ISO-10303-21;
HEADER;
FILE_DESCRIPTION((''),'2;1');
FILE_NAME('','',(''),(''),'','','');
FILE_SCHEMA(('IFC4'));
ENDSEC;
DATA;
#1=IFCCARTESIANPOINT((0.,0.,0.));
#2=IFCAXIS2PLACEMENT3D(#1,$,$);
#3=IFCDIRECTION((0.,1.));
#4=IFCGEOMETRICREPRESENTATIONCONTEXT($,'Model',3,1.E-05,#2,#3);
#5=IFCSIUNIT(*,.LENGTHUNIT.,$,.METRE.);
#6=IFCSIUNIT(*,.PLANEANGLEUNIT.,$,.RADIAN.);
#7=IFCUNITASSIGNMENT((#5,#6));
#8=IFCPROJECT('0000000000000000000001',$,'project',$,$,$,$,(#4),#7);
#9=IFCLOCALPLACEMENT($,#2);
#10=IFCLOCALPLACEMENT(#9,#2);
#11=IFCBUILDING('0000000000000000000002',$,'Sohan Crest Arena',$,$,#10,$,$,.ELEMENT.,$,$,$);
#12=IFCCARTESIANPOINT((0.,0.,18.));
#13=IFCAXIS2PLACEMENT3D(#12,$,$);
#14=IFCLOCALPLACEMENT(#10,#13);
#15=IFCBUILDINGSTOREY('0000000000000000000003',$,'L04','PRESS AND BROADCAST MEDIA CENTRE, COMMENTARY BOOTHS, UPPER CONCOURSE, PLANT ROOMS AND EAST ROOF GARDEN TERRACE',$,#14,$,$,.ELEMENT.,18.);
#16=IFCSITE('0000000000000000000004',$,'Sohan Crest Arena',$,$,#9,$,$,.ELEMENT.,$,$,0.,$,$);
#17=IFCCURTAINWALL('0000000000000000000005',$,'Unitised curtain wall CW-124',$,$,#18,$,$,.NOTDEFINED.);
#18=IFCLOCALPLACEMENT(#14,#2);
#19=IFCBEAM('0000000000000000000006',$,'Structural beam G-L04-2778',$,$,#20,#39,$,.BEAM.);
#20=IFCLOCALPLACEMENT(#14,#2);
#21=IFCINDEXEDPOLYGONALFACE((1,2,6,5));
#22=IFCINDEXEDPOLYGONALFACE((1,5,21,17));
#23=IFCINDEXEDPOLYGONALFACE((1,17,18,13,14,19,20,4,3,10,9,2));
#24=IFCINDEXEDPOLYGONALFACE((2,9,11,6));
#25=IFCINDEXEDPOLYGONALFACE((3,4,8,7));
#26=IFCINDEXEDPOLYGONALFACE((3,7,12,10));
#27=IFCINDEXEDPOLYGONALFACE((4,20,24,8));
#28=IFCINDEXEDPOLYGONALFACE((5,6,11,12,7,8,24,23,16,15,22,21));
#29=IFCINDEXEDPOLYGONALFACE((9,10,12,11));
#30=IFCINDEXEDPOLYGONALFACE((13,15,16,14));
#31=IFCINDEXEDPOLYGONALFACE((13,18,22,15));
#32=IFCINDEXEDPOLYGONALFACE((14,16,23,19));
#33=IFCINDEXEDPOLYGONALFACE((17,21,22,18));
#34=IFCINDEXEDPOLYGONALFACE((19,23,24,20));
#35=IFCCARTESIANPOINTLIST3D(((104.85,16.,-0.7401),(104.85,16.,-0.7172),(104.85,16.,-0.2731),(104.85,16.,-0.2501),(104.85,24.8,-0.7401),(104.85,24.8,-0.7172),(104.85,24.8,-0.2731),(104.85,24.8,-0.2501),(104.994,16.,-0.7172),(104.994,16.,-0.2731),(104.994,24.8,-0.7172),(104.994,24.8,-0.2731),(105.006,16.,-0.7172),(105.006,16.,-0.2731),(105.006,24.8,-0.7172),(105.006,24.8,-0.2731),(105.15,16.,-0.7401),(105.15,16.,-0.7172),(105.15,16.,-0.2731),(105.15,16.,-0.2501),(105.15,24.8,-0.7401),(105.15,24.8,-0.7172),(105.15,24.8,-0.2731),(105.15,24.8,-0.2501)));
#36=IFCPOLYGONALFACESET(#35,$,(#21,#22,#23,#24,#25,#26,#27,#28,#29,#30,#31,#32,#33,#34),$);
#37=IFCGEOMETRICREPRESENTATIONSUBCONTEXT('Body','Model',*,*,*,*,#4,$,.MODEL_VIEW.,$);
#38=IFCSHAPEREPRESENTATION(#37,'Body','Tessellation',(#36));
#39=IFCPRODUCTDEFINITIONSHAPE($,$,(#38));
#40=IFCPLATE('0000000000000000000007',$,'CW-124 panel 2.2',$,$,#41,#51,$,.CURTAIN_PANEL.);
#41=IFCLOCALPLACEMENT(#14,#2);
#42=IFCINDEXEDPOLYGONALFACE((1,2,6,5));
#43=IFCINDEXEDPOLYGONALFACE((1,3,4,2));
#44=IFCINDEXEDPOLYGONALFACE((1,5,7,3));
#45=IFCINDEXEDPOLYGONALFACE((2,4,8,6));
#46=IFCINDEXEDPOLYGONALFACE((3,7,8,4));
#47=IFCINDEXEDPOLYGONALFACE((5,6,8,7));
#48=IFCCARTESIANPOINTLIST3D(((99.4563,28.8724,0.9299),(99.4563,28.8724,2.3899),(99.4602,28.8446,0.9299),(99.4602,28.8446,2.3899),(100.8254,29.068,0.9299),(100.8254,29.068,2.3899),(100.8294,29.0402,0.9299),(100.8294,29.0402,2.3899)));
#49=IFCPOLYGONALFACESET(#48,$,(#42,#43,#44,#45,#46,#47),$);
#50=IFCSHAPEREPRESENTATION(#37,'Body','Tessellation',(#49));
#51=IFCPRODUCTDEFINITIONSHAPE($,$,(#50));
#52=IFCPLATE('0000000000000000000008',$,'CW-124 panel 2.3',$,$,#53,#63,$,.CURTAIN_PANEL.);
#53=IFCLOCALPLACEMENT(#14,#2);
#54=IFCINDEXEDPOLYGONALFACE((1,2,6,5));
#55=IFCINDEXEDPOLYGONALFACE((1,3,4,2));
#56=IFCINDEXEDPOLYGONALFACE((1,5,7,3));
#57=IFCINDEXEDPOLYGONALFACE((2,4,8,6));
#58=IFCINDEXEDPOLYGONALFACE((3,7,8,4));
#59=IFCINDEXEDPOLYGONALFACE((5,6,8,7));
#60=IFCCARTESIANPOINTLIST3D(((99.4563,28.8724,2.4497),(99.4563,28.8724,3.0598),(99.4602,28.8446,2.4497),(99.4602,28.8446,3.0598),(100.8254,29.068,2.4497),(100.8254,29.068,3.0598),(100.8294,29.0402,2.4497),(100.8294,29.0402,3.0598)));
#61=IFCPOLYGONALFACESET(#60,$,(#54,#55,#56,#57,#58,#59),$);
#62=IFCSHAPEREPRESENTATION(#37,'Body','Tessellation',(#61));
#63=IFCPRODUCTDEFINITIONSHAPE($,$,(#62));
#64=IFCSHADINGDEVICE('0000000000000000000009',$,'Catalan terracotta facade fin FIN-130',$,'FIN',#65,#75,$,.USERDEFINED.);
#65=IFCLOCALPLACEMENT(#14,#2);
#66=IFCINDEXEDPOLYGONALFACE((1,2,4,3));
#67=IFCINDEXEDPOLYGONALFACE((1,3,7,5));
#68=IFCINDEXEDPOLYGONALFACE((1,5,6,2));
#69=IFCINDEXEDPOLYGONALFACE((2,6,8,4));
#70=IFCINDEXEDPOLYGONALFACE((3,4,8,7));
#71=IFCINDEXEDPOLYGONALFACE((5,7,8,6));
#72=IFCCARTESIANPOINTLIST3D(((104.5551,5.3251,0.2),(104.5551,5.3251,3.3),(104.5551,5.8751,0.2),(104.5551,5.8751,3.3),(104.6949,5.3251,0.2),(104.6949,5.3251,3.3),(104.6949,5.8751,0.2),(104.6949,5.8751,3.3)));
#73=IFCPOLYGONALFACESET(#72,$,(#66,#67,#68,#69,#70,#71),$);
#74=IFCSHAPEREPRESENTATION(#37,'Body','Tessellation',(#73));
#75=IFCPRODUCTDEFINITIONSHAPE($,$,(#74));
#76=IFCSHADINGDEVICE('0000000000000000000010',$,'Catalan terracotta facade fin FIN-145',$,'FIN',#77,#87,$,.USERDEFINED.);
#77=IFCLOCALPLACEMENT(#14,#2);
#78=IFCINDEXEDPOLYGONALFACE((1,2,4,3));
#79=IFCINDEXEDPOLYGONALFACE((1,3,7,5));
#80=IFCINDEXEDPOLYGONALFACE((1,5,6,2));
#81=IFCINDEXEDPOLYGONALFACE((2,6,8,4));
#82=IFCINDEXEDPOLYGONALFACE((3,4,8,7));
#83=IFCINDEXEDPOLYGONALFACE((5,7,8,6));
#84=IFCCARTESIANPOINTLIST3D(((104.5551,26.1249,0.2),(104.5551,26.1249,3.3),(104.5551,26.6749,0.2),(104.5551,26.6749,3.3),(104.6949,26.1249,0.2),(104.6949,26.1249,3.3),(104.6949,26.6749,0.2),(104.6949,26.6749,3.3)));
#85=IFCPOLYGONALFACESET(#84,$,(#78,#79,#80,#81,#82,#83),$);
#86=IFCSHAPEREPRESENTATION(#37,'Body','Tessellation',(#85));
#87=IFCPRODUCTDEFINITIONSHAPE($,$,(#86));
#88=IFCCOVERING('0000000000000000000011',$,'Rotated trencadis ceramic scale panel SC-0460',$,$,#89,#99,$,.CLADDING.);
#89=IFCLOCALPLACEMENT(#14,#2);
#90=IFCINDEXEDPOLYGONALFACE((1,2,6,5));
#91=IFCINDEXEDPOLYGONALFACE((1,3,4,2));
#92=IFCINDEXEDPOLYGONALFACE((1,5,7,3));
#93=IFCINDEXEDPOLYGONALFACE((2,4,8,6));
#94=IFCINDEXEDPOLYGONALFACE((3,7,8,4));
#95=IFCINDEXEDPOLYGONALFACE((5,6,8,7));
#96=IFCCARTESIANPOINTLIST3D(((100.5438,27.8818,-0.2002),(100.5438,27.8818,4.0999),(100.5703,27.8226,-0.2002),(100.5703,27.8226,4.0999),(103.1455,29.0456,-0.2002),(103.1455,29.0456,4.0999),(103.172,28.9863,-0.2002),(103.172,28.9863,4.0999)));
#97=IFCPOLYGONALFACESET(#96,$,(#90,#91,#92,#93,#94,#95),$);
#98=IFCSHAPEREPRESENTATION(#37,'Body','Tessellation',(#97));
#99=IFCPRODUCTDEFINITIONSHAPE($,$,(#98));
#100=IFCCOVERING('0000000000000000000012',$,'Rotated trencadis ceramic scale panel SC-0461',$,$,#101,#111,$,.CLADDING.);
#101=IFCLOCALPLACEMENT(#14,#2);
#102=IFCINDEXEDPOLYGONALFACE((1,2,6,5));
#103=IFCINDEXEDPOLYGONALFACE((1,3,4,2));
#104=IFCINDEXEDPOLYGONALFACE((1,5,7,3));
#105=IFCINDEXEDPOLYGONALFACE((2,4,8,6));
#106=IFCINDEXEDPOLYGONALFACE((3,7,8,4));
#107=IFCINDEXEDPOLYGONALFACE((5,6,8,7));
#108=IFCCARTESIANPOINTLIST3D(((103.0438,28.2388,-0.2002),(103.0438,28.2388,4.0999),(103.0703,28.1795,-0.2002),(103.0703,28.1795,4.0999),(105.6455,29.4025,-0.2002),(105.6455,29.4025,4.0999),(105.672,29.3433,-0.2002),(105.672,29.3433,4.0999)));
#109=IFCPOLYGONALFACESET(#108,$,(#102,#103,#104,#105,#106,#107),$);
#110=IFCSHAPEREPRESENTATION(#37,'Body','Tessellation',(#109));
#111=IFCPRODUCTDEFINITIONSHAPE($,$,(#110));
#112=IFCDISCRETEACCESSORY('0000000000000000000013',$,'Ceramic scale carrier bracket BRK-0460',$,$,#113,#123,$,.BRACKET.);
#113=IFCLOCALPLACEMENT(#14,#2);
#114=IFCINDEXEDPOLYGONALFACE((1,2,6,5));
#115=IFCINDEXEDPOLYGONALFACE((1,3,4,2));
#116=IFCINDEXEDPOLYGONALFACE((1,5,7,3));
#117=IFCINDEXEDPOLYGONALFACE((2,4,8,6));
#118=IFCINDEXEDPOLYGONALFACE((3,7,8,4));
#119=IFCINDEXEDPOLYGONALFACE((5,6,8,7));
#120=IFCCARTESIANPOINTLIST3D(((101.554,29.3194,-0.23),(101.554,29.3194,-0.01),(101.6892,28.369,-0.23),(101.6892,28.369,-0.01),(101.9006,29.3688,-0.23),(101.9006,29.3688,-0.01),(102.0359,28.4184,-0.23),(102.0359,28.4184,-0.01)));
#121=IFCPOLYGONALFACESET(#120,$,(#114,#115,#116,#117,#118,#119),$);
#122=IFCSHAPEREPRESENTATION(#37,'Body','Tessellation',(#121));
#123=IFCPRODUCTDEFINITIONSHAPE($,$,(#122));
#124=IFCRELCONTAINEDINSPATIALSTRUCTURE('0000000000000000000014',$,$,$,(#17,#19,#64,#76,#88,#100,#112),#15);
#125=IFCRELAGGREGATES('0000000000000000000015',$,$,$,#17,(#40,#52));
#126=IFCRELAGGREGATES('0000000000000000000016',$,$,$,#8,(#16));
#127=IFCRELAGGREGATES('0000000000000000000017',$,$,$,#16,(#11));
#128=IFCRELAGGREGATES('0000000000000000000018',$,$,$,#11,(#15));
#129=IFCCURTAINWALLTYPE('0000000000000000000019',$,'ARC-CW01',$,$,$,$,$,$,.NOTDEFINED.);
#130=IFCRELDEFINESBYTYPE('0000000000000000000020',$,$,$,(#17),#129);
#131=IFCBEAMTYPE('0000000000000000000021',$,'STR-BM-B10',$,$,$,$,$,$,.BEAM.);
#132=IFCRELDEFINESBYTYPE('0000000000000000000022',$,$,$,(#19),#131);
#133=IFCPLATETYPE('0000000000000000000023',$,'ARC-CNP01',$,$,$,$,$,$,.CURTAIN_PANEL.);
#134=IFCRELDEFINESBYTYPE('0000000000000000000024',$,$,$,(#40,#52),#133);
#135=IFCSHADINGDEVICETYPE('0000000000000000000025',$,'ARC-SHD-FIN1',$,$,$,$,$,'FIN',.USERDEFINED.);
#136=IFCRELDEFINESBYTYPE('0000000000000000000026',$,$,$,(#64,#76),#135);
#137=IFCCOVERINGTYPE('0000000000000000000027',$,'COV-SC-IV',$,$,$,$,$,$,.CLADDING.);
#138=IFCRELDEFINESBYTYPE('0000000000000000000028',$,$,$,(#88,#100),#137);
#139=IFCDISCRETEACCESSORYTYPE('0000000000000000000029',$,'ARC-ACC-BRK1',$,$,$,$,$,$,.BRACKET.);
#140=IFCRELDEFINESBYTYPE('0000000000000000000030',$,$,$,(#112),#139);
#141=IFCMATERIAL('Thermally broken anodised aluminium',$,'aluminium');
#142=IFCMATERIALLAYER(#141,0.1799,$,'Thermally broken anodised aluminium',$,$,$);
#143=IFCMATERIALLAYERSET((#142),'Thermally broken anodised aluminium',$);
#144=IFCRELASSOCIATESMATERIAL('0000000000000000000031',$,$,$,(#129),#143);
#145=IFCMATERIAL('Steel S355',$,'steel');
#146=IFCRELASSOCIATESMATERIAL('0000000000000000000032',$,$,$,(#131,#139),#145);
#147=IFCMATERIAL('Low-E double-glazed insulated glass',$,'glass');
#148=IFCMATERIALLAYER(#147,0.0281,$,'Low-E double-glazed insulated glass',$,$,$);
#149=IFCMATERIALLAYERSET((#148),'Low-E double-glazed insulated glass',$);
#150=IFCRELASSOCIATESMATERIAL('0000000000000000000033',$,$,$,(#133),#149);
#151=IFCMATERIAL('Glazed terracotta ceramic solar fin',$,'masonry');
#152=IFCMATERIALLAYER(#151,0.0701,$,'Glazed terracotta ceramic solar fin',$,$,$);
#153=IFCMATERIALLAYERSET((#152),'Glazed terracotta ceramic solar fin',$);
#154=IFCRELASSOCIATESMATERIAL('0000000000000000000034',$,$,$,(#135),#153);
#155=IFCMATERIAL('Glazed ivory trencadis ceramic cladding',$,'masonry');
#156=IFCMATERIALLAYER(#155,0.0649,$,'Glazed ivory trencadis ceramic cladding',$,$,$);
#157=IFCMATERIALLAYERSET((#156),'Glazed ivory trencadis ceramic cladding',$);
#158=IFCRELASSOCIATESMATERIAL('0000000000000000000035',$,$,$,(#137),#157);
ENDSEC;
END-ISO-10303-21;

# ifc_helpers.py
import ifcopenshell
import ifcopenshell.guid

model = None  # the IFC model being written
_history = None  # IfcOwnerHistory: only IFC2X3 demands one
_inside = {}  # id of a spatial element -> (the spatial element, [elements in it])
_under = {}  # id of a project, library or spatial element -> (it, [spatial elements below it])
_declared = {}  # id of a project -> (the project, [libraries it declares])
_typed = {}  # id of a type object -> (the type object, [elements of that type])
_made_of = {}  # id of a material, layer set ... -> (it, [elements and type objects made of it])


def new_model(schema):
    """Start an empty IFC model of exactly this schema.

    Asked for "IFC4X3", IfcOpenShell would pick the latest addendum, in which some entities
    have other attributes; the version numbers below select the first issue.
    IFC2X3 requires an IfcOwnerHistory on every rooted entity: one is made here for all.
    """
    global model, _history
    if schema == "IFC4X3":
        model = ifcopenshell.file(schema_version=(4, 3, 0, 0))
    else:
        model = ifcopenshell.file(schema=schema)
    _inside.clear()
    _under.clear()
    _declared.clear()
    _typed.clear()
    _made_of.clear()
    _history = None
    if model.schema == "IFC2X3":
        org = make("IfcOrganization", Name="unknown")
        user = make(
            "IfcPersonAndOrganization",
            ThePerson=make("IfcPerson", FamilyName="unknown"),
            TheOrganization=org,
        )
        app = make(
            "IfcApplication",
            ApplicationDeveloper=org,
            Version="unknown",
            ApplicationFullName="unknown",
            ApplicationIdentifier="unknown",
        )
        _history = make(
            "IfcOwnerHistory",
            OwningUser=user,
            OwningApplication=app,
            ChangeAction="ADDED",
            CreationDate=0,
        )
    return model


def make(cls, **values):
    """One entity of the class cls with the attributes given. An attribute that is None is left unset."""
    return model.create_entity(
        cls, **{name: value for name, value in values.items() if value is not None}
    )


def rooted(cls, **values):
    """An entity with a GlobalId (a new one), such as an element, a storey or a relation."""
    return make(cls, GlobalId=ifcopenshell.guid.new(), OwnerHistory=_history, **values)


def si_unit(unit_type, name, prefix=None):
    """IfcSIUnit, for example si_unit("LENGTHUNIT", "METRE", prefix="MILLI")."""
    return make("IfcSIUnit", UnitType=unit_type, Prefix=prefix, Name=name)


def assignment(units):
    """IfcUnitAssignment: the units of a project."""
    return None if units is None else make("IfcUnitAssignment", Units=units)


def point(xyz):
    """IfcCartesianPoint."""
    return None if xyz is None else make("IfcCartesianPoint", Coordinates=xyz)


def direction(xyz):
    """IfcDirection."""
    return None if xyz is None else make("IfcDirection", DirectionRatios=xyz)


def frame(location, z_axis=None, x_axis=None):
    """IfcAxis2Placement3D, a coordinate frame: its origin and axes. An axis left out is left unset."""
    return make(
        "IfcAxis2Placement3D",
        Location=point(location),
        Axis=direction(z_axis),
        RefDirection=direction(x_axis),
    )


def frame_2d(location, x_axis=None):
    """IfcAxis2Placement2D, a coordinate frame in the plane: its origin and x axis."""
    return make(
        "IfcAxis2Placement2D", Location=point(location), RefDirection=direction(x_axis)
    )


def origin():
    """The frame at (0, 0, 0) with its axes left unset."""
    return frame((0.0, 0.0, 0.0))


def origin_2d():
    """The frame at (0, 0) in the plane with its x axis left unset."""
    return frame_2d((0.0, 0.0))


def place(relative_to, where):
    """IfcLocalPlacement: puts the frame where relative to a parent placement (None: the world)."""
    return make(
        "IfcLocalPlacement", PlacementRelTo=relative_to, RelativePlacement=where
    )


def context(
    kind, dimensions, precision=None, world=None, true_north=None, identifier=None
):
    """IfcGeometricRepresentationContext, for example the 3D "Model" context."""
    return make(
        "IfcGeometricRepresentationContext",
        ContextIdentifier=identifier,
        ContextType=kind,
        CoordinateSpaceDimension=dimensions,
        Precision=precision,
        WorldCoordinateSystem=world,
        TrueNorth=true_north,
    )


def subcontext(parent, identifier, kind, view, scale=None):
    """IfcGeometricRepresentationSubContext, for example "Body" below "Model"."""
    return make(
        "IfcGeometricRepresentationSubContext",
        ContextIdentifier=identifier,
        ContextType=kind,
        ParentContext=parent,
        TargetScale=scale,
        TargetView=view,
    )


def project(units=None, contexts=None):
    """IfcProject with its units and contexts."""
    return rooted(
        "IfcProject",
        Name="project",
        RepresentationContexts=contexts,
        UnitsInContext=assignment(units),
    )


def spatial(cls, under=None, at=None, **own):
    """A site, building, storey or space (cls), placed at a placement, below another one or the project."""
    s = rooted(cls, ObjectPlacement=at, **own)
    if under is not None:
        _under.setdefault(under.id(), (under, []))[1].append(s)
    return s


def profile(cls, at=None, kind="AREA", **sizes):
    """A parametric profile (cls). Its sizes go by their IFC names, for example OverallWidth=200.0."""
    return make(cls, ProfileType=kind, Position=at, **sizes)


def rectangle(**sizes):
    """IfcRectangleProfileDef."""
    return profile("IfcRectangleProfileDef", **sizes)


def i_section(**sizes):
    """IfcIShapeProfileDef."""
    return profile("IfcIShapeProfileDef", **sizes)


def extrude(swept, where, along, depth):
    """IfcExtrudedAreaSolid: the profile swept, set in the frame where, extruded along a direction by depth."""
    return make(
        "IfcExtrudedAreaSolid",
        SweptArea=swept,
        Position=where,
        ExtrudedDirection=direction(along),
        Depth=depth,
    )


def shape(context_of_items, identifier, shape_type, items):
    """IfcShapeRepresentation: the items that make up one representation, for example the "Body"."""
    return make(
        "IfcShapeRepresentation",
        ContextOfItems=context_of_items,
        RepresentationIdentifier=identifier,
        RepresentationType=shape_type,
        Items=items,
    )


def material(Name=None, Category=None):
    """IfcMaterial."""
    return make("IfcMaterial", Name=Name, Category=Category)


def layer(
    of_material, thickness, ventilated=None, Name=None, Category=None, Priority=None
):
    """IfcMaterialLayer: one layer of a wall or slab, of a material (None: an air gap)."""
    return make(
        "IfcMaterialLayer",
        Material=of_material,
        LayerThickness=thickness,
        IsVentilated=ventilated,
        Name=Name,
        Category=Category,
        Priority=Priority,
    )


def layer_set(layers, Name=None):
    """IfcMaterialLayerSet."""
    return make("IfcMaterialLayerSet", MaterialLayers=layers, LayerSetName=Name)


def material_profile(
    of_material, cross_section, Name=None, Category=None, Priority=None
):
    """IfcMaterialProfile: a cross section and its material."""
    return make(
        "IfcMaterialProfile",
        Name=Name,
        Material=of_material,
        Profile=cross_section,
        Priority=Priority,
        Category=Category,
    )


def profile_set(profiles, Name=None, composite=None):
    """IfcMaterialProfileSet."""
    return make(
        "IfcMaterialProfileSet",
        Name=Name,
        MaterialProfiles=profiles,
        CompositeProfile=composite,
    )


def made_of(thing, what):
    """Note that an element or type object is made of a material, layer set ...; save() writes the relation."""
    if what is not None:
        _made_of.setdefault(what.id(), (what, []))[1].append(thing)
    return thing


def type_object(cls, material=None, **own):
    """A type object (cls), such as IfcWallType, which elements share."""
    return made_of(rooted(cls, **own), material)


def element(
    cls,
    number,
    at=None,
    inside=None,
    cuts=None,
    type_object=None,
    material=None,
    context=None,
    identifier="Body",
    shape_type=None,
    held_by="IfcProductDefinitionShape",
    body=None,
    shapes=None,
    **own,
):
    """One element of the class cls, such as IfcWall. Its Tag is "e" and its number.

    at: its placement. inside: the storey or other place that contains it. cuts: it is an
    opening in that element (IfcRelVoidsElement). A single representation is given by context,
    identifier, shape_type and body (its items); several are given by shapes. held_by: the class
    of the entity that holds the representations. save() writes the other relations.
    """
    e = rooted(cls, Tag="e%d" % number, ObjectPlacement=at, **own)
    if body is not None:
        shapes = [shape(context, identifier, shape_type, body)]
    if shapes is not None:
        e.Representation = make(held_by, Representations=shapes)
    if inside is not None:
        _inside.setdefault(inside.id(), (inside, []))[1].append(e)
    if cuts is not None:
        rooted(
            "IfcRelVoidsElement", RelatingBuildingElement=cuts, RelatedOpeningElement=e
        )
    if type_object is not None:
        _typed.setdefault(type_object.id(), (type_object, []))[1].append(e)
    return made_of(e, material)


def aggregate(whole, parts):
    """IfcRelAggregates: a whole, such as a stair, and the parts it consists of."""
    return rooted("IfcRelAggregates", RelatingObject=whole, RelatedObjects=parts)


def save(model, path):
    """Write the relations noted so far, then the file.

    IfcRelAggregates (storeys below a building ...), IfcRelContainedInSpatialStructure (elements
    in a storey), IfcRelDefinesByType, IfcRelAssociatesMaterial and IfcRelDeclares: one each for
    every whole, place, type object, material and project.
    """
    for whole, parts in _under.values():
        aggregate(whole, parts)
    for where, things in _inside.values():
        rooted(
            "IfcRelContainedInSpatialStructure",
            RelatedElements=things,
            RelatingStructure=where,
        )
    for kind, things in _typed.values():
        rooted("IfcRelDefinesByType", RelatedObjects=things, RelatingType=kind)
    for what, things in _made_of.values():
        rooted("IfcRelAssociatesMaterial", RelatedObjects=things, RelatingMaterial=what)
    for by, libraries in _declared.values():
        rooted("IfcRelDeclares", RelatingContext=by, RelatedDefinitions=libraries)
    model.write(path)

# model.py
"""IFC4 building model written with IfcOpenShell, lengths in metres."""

from ifc_helpers import new_model, si_unit, direction, frame, origin, origin_2d, place, context, subcontext, project, spatial, rectangle, i_section, extrude, material, layer, layer_set, material_profile, profile_set, type_object, element, aggregate, save


model = new_model("IFC4")

# Units and contexts
model_context = context("Model", 3, precision=1e-05, world=origin(), true_north=direction((0.0, 1.0)))
body_context = subcontext(model_context, "Body", "Model", "MODEL_VIEW")
ifc_project = project(units=[si_unit("LENGTHUNIT", "METRE"), si_unit("PLANEANGLEUNIT", "RADIAN")], contexts=[model_context])

# Site, building, storey
site_placement = place(None, origin())
site = spatial("IfcSite", under=ifc_project, at=site_placement, Name="Sohan Crest Arena", CompositionType="ELEMENT", RefElevation=0.0)
building_placement = place(site_placement, origin())
building = spatial("IfcBuilding", under=site, at=building_placement, Name="Sohan Crest Arena", CompositionType="ELEMENT")
storey_placement = place(building_placement, frame((0.0, 0.0, 18.0)))
storey = spatial("IfcBuildingStorey", under=building, at=storey_placement, Name="L04", Description="PRESS AND BROADCAST MEDIA CENTRE, COMMENTARY BOOTHS, UPPER CONCOURSE, PLANT ROOMS AND EAST ROOF GARDEN TERRACE", CompositionType="ELEMENT", Elevation=18.0)

# Shared definitions
ifc_material_1 = material(Name="Steel S355", Category="steel")

# Curtain wall
ifc_material_2 = material(Name="Thermally broken anodised aluminium", Category="aluminium")
ifc_layer_1 = layer(ifc_material_2, 0.1799, Name="Thermally broken anodised aluminium")
ifc_layer_set_1 = layer_set([ifc_layer_1], Name="Thermally broken anodised aluminium")
curtain_wall_type = type_object("IfcCurtainWallType", Name="ARC-CW01", PredefinedType="NOTDEFINED", material=ifc_layer_set_1)
curtain_wall_placement = place(storey_placement, origin())
curtain_wall = element("IfcCurtainWall", 1, at=curtain_wall_placement, inside=storey, type_object=curtain_wall_type, Name="Unitised curtain wall CW-124", PredefinedType="NOTDEFINED")

# Beam
ifc_material_profile_1 = material_profile(ifc_material_1, i_section(OverallWidth=0.3, OverallDepth=0.49, WebThickness=0.012, FlangeThickness=0.0229, at=origin_2d()), Name="HEA 500")
ifc_profile_set_1 = profile_set([ifc_material_profile_1], Name="Steel S355")
beam_type_1 = type_object("IfcBeamType", Name="STR-BM-B10", PredefinedType="BEAM", material=ifc_profile_set_1)
for number, where, z_axis, x_axis, name in (
    (2, (105.0, 16.0, -0.4951), (0.0, 1.0, 0.0), (-1.0, 0.0, 0.0), "Structural beam G-L04-2778"),
):
    element("IfcBeam", number, at=place(storey_placement, frame(where, z_axis=z_axis, x_axis=x_axis)), inside=storey, type_object=beam_type_1, Name=name, PredefinedType="BEAM", context=body_context, shape_type="SweptSolid", body=[
        extrude(i_section(OverallWidth=0.3, OverallDepth=0.49, WebThickness=0.012, FlangeThickness=0.0229, at=origin_2d()), origin(), (0.0, 0.0, 1.0), 8.8),
    ])

# Plates
ifc_material_3 = material(Name="Low-E double-glazed insulated glass", Category="glass")
ifc_layer_2 = layer(ifc_material_3, 0.0281, Name="Low-E double-glazed insulated glass")
ifc_layer_set_2 = layer_set([ifc_layer_2], Name="Low-E double-glazed insulated glass")
plate_type = type_object("IfcPlateType", Name="ARC-CNP01", PredefinedType="CURTAIN_PANEL", material=ifc_layer_set_2)
plate_1_placement = place(storey_placement, frame((100.1428, 28.9563, 0.9299), z_axis=(0.0, 0.0, 1.0), x_axis=(0.989944, 0.141463, 0.0)))
plate_1 = element("IfcPlate", 3, at=plate_1_placement, type_object=plate_type, Name="CW-124 panel 2.2", PredefinedType="CURTAIN_PANEL", context=body_context, shape_type="SweptSolid", body=[
    extrude(rectangle(XDim=1.3831, YDim=0.0281, at=origin_2d()), origin(), (0.0, 0.0, 1.0), 1.46),
])
plate_2_placement = place(storey_placement, frame((100.1428, 28.9563, 2.4497), z_axis=(0.0, 0.0, 1.0), x_axis=(0.989944, 0.141463, 0.0)))
plate_2 = element("IfcPlate", 4, at=plate_2_placement, type_object=plate_type, Name="CW-124 panel 2.3", PredefinedType="CURTAIN_PANEL", context=body_context, shape_type="SweptSolid", body=[
    extrude(rectangle(XDim=1.3831, YDim=0.0281, at=origin_2d()), origin(), (0.0, 0.0, 1.0), 0.6101),
])
aggregate(curtain_wall, [plate_1, plate_2])

# Shading devices
ifc_material_4 = material(Name="Glazed terracotta ceramic solar fin", Category="masonry")
ifc_layer_3 = layer(ifc_material_4, 0.0701, Name="Glazed terracotta ceramic solar fin")
ifc_layer_set_3 = layer_set([ifc_layer_3], Name="Glazed terracotta ceramic solar fin")
shading_device_type = type_object("IfcShadingDeviceType", Name="ARC-SHD-FIN1", ElementType="FIN", PredefinedType="USERDEFINED", material=ifc_layer_set_3)
for number, where, z_axis, x_axis, name in (
    (5, (104.625, 5.6001, 0.2), (0.0, 0.0, 1.0), (1.0, 0.0, 0.0), "Catalan terracotta facade fin FIN-130"),
    (6, (104.625, 26.3999, 0.2), (0.0, 0.0, 1.0), (-1.0, 0.0, 0.0), "Catalan terracotta facade fin FIN-145"),
):
    element("IfcShadingDevice", number, at=place(storey_placement, frame(where, z_axis=z_axis, x_axis=x_axis)), inside=storey, type_object=shading_device_type, Name=name, ObjectType="FIN", PredefinedType="USERDEFINED", context=body_context, shape_type="SweptSolid", body=[
        extrude(rectangle(XDim=0.1399, YDim=0.55, at=origin_2d()), origin(), (0.0, 0.0, 1.0), 3.1001),
    ])

# Coverings
ifc_material_5 = material(Name="Glazed ivory trencadis ceramic cladding", Category="masonry")
ifc_layer_4 = layer(ifc_material_5, 0.0649, Name="Glazed ivory trencadis ceramic cladding")
ifc_layer_set_4 = layer_set([ifc_layer_4], Name="Glazed ivory trencadis ceramic cladding")
covering_type = type_object("IfcCoveringType", Name="COV-SC-IV", PredefinedType="CLADDING", material=ifc_layer_set_4)
for number, where, z_axis, x_axis, name in (
    (7, (101.8579, 28.4341, -0.2002), (0.0, 0.0, 1.0), (0.912834, 0.40833, 0.0), "Rotated trencadis ceramic scale panel SC-0460"),
    (8, (104.3579, 28.791, -0.2002), (0.0, 0.0, 1.0), (0.912834, 0.40833, 0.0), "Rotated trencadis ceramic scale panel SC-0461"),
):
    element("IfcCovering", number, at=place(storey_placement, frame(where, z_axis=z_axis, x_axis=x_axis)), inside=storey, type_object=covering_type, Name=name, PredefinedType="CLADDING", context=body_context, shape_type="SweptSolid", body=[
        extrude(rectangle(XDim=2.8501, YDim=0.0649, at=origin_2d()), origin(), (0.0, 0.0, 1.0), 4.3),
    ])

# Discrete accessory
discrete_accessory_type = type_object("IfcDiscreteAccessoryType", Name="ARC-ACC-BRK1", PredefinedType="BRACKET", material=ifc_material_1)
discrete_accessory_placement = place(storey_placement, frame((101.7949, 28.8689, -0.23), z_axis=(0.0, 0.0, 1.0), x_axis=(0.990024, 0.140901, 0.0)))
element("IfcDiscreteAccessory", 9, at=discrete_accessory_placement, inside=storey, type_object=discrete_accessory_type, Name="Ceramic scale carrier bracket BRK-0460", PredefinedType="BRACKET", context=body_context, shape_type="SweptSolid", body=[
    extrude(rectangle(XDim=0.3501, YDim=0.96, at=origin_2d()), origin(), (0.0, 0.0, 1.0), 0.22),
])

save(model, "model.ifc")
